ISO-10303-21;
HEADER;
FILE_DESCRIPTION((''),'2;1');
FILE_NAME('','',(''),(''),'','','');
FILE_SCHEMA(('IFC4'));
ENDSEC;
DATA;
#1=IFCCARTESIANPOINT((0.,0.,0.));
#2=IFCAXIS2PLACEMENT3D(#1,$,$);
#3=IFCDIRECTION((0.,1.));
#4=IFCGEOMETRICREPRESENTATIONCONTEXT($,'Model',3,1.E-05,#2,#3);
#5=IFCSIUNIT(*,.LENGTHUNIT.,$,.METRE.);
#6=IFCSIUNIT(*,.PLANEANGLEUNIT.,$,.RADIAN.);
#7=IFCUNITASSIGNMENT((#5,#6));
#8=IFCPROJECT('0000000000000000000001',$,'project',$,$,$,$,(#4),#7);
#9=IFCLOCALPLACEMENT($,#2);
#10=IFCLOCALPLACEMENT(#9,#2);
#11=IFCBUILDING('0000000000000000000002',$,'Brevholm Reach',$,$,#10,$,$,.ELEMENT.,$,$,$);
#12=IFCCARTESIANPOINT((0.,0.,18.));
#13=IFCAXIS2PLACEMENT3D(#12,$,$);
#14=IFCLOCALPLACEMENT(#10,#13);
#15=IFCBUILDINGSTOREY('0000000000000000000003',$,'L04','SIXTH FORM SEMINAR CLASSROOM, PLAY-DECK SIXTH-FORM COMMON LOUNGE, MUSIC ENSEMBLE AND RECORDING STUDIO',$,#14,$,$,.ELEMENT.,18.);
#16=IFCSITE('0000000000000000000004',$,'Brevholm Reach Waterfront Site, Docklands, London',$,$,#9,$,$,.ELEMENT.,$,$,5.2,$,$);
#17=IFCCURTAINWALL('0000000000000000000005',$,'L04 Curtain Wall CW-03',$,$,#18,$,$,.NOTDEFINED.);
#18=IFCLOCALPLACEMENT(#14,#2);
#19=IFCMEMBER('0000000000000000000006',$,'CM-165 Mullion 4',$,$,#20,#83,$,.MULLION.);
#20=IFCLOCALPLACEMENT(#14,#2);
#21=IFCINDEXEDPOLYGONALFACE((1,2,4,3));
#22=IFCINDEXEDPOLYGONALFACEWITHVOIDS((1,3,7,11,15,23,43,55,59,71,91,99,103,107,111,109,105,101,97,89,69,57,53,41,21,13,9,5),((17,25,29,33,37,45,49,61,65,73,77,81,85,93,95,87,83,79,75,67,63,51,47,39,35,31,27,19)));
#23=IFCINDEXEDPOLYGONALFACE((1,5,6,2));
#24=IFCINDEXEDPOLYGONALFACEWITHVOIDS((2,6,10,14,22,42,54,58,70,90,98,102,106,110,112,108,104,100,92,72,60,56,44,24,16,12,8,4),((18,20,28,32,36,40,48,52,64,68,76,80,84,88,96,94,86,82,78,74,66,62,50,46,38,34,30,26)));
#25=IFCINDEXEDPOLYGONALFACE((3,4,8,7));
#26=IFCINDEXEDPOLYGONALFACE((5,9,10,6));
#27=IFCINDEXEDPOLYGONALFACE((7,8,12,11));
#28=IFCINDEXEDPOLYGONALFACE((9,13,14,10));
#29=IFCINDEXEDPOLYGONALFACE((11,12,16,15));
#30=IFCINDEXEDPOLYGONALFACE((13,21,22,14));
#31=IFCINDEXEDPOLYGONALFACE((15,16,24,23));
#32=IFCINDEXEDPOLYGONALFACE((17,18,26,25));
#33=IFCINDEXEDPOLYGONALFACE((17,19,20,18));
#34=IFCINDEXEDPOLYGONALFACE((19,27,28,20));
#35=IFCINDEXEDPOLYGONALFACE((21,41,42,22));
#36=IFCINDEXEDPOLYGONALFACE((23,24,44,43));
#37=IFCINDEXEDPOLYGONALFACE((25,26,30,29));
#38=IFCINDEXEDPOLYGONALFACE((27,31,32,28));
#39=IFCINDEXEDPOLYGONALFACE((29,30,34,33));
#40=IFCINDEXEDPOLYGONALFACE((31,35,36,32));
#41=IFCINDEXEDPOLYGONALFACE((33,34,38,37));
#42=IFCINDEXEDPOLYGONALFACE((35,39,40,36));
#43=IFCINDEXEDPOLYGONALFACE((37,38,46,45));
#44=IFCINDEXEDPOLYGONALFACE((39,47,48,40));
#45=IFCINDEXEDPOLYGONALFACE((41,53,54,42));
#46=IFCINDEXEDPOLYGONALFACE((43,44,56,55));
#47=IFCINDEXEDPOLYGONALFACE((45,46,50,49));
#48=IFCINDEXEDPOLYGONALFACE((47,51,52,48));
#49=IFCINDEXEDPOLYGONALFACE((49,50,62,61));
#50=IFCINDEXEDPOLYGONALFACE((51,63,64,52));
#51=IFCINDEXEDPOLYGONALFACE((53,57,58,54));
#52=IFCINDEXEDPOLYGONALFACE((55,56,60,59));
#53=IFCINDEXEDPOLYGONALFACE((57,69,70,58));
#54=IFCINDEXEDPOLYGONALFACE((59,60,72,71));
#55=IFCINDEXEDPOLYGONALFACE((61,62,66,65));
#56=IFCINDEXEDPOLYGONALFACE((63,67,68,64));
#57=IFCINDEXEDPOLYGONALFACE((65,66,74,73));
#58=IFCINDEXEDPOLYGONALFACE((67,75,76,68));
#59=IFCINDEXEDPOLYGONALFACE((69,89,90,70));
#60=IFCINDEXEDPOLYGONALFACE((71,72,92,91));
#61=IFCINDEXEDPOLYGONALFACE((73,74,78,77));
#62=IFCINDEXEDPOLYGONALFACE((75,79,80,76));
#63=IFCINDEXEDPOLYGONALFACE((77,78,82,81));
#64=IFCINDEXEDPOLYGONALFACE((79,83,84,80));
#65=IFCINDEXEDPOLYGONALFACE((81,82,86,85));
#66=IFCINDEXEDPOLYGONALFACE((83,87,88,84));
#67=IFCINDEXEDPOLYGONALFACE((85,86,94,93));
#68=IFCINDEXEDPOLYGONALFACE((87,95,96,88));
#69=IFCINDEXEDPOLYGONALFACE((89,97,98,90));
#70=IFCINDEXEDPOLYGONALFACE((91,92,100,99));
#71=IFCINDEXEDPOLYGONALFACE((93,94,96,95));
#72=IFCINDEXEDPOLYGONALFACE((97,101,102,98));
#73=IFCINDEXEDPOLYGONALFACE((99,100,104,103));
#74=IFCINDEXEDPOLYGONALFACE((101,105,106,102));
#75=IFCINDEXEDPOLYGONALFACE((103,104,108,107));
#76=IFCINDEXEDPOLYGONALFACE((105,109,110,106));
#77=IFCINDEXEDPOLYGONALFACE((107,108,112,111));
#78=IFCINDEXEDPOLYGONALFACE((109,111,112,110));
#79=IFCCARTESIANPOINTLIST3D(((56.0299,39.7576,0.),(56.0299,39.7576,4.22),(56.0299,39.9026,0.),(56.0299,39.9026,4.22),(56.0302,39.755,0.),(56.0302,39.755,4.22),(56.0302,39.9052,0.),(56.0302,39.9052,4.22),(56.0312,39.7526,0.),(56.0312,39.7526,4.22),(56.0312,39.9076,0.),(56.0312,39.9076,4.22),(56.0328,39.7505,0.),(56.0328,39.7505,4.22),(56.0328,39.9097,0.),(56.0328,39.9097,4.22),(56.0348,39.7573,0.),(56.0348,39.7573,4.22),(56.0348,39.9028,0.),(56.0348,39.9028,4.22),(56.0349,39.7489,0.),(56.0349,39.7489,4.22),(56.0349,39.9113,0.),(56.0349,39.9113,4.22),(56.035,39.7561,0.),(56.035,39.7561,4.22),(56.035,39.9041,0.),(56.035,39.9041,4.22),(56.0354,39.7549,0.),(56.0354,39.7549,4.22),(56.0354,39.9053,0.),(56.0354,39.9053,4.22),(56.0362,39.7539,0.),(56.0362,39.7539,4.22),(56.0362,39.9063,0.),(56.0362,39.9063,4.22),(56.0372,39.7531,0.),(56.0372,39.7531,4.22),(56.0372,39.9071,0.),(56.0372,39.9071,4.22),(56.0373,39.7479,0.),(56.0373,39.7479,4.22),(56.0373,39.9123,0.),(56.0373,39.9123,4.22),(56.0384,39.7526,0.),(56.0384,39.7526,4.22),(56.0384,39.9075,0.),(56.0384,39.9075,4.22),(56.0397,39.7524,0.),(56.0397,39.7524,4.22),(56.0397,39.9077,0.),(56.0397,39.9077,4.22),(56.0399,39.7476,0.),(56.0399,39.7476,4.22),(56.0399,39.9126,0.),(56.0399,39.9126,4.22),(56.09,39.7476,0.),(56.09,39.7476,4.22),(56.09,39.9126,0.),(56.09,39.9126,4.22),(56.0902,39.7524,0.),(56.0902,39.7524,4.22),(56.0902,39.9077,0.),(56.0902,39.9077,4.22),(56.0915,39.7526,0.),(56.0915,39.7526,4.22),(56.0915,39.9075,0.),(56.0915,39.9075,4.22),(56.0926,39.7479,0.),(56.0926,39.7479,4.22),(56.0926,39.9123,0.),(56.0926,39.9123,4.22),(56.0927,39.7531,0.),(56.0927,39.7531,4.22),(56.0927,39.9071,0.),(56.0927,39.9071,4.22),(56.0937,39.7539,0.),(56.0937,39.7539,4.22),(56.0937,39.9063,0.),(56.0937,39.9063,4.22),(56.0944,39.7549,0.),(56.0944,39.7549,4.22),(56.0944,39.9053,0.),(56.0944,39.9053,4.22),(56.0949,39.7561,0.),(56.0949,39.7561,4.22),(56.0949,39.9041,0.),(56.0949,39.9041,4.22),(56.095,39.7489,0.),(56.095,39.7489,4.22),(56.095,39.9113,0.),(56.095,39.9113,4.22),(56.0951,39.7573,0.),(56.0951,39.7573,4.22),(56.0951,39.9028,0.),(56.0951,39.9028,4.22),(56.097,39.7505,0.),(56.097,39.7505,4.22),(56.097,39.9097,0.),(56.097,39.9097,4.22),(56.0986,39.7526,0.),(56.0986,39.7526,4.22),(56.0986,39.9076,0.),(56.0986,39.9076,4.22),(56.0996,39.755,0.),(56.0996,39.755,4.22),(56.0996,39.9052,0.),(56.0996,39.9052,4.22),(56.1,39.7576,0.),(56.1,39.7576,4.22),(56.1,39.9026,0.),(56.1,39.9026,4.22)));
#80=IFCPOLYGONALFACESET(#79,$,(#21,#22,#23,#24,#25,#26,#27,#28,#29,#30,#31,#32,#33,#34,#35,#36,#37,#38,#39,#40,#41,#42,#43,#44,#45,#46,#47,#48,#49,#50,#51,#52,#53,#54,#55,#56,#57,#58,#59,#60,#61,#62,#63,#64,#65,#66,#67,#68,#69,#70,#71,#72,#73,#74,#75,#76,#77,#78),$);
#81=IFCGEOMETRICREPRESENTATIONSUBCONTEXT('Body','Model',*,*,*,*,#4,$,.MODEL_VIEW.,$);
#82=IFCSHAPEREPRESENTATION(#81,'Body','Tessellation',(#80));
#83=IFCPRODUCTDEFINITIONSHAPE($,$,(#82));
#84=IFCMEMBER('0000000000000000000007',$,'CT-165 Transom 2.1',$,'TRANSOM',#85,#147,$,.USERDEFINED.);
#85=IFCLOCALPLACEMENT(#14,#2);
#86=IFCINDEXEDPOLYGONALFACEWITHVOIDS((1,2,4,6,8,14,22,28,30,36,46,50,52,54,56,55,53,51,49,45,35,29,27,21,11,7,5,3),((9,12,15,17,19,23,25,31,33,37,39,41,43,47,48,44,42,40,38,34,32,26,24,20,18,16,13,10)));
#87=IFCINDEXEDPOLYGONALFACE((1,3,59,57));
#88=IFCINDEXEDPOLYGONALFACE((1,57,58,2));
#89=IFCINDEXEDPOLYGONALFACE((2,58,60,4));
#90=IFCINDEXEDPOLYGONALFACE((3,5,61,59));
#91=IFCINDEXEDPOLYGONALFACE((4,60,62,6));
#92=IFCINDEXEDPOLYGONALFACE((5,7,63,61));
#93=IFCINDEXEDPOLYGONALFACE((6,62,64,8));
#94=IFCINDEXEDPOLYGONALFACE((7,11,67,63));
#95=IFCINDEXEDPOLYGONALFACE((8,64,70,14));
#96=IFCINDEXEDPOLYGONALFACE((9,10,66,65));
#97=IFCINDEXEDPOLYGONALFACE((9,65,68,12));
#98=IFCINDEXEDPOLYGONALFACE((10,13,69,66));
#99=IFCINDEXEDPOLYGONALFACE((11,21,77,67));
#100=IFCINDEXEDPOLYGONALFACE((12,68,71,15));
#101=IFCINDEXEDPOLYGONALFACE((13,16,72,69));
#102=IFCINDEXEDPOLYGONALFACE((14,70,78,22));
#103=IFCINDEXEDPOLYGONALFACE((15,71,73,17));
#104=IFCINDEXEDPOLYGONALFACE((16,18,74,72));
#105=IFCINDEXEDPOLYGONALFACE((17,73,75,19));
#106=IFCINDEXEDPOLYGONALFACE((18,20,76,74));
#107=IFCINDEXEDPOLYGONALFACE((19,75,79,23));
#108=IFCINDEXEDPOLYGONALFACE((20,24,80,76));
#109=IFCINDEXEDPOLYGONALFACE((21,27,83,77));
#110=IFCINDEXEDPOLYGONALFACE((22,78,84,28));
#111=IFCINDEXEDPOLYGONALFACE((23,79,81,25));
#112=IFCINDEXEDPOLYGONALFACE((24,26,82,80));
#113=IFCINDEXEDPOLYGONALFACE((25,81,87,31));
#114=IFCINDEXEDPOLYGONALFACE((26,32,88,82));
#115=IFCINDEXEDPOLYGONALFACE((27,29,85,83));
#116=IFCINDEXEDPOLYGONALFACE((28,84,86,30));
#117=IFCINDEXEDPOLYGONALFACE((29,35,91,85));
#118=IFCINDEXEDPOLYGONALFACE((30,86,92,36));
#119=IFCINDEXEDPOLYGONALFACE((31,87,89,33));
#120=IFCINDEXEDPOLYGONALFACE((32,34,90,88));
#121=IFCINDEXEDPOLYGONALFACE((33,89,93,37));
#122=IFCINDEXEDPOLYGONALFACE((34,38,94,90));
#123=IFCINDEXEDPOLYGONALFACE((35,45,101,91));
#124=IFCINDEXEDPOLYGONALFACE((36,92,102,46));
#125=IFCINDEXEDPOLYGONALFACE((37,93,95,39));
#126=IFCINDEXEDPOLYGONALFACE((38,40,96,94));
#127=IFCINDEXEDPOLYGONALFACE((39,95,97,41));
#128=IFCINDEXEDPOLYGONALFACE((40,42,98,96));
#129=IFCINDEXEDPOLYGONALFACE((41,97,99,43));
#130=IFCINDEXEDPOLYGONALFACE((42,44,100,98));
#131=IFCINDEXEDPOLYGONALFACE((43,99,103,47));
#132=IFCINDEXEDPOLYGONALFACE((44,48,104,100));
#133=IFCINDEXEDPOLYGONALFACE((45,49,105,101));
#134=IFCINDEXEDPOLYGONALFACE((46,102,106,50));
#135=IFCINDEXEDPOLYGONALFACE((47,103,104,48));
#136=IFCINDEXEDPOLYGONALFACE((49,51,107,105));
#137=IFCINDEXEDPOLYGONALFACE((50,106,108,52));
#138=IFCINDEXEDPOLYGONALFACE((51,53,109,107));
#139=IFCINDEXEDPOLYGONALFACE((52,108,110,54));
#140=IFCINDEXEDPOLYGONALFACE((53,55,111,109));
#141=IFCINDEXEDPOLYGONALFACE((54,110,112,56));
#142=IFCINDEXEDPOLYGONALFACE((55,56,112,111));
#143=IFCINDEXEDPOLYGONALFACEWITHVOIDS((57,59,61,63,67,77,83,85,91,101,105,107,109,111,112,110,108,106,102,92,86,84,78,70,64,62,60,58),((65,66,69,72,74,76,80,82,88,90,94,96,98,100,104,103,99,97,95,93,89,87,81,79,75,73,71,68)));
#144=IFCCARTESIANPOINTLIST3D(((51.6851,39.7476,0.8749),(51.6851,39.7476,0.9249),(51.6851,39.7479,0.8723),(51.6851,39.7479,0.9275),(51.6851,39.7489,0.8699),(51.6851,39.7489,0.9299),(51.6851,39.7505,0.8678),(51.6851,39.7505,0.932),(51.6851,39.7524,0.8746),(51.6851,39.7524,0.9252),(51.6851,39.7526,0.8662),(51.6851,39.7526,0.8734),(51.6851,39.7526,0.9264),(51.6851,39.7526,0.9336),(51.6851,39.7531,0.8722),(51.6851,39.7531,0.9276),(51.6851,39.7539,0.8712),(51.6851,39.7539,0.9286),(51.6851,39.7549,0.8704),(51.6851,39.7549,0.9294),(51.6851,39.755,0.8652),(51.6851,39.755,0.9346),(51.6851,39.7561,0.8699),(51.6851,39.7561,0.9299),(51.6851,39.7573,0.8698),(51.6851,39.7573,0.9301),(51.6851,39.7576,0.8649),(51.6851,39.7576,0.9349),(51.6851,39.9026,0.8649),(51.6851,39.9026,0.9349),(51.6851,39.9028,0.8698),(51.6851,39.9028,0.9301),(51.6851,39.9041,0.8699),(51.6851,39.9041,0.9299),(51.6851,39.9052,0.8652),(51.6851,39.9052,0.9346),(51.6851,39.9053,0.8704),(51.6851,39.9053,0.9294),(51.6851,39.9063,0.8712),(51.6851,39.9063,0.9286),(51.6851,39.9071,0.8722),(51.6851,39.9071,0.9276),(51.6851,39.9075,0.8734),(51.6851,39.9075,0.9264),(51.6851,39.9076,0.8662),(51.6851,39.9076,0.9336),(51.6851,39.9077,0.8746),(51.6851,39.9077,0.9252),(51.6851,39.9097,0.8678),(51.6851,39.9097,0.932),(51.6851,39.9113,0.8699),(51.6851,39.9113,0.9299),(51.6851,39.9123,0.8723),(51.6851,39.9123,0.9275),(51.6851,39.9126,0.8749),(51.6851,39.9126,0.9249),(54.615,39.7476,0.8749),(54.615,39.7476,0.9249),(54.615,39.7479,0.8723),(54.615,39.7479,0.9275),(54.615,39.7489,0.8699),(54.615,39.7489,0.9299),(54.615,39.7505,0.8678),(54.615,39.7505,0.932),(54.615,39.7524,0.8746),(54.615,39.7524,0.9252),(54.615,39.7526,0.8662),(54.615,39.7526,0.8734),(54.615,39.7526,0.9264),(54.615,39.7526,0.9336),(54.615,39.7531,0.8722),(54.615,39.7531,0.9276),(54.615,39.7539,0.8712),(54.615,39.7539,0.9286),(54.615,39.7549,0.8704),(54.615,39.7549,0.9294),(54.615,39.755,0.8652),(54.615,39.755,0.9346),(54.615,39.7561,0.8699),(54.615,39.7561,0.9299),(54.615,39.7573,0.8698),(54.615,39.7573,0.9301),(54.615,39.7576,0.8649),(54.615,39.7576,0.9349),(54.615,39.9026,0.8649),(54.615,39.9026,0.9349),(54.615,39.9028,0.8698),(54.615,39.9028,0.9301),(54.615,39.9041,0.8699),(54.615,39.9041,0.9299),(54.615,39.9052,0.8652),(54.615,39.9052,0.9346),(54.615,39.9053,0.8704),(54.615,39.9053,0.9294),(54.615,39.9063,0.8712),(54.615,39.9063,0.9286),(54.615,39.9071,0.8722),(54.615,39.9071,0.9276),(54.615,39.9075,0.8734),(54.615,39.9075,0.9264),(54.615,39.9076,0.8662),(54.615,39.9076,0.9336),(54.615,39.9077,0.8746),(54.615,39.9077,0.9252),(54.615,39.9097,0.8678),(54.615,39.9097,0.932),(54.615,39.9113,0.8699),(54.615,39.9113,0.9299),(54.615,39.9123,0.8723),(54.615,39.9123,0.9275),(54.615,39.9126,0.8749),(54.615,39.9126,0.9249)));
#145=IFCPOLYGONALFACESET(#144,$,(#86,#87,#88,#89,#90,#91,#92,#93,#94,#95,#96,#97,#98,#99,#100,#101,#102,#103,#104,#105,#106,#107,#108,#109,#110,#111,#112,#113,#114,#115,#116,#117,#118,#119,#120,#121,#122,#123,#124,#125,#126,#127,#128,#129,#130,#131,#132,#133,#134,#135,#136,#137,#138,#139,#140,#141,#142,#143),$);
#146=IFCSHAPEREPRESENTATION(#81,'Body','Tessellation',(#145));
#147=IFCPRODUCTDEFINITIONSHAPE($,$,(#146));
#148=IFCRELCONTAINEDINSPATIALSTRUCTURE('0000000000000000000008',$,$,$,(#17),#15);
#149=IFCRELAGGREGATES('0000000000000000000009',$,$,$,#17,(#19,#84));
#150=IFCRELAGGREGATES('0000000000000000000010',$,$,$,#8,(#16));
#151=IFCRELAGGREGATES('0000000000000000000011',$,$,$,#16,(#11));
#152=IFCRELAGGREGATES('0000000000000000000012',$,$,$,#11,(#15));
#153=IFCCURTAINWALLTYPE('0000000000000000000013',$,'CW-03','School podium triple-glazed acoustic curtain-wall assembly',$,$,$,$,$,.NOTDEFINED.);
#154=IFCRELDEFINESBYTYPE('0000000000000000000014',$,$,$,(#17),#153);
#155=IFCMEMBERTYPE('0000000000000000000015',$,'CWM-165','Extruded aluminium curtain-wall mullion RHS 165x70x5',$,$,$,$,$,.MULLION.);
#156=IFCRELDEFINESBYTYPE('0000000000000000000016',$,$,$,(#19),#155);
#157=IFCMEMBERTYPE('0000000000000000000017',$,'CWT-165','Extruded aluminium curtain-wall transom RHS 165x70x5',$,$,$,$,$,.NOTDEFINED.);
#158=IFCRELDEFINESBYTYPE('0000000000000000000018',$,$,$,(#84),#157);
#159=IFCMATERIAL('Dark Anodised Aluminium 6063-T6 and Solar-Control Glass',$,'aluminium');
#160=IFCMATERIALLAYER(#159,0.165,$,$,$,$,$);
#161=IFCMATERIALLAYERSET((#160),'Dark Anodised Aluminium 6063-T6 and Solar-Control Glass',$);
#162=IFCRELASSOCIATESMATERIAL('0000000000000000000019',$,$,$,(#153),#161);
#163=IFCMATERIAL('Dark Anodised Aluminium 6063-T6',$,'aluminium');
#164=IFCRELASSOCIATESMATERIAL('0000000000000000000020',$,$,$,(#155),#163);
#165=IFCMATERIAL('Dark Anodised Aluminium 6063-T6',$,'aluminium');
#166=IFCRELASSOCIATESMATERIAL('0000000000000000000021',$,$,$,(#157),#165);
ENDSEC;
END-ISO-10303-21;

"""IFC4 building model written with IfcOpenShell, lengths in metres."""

from ifc_helpers import new_model, si_unit, direction, frame, origin, origin_2d, place, context, subcontext, project, spatial, hollow_rectangle, extrude, material, layer, layer_set, material_profile, profile_set, type_object, element, aggregate, save


model = new_model("IFC4")

# Units and contexts
model_context = context("Model", 3, precision=1e-05, world=origin(), true_north=direction((0.0, 1.0)))
body_context = subcontext(model_context, "Body", "Model", "MODEL_VIEW")
ifc_project = project(units=[si_unit("LENGTHUNIT", "METRE"), si_unit("PLANEANGLEUNIT", "RADIAN")], contexts=[model_context])

# Site, building, storey
site_placement = place(None, origin())
site = spatial("IfcSite", under=ifc_project, at=site_placement, Name="Brevholm Reach Waterfront Site, Docklands, London", CompositionType="ELEMENT", RefElevation=5.2)
building_placement = place(site_placement, origin())
building = spatial("IfcBuilding", under=site, at=building_placement, Name="Brevholm Reach", CompositionType="ELEMENT")
storey_placement = place(building_placement, frame((0.0, 0.0, 18.0)))
storey = spatial("IfcBuildingStorey", under=building, at=storey_placement, Name="L04", Description="SIXTH FORM SEMINAR CLASSROOM, PLAY-DECK SIXTH-FORM COMMON LOUNGE, MUSIC ENSEMBLE AND RECORDING STUDIO", CompositionType="ELEMENT", Elevation=18.0)

# Curtain wall, members
ifc_material_1 = material(Name="Dark Anodised Aluminium 6063-T6 and Solar-Control Glass", Category="aluminium")
ifc_layer_1 = layer(ifc_material_1, 0.165)
ifc_layer_set_1 = layer_set([ifc_layer_1], Name="Dark Anodised Aluminium 6063-T6 and Solar-Control Glass")
curtain_wall_type = type_object("IfcCurtainWallType", Name="CW-03", Description="School podium triple-glazed acoustic curtain-wall assembly", PredefinedType="NOTDEFINED", material=ifc_layer_set_1)
curtain_wall_placement = place(storey_placement, origin())
curtain_wall = element("IfcCurtainWall", 1, at=curtain_wall_placement, inside=storey, type_object=curtain_wall_type, Name="L04 Curtain Wall CW-03", PredefinedType="NOTDEFINED")
ifc_material_2 = material(Name="Dark Anodised Aluminium 6063-T6", Category="aluminium")
ifc_material_profile_1 = material_profile(ifc_material_2, hollow_rectangle(XDim=0.0701, YDim=0.165, WallThickness=0.0049, InnerFilletRadius=0.0049, OuterFilletRadius=0.01, at=origin_2d()), Name="RHS 165x70x5")
ifc_profile_set_1 = profile_set([ifc_material_profile_1], Name="Dark Anodised Aluminium 6063-T6")
member_type_1 = type_object("IfcMemberType", Name="CWM-165", Description="Extruded aluminium curtain-wall mullion RHS 165x70x5", PredefinedType="MULLION", material=ifc_profile_set_1)
member_1_placement = place(storey_placement, frame((56.0649, 39.8301, 0.0), z_axis=(0.0, 0.0, 1.0), x_axis=(1.0, 0.0, 0.0)))
member_1 = element("IfcMember", 2, at=member_1_placement, type_object=member_type_1, Name="CM-165 Mullion 4", PredefinedType="MULLION", context=body_context, shape_type="SweptSolid", body=[
    extrude(hollow_rectangle(XDim=0.0701, YDim=0.165, WallThickness=0.0049, InnerFilletRadius=0.0049, OuterFilletRadius=0.01, at=origin_2d()), origin(), (0.0, 0.0, 1.0), 4.22),
])
ifc_material_3 = material(Name="Dark Anodised Aluminium 6063-T6", Category="aluminium")
ifc_material_profile_2 = material_profile(ifc_material_3, hollow_rectangle(XDim=0.0701, YDim=0.165, WallThickness=0.0049, InnerFilletRadius=0.0049, OuterFilletRadius=0.01, at=origin_2d()), Name="RHS 165x70x5")
ifc_profile_set_2 = profile_set([ifc_material_profile_2], Name="Dark Anodised Aluminium 6063-T6")
member_type_2 = type_object("IfcMemberType", Name="CWT-165", Description="Extruded aluminium curtain-wall transom RHS 165x70x5", PredefinedType="NOTDEFINED", material=ifc_profile_set_2)
member_2_placement = place(storey_placement, frame((51.6851, 39.8301, 0.8999), z_axis=(1.0, 0.0, 0.0), x_axis=(0.0, 0.0, 1.0)))
member_2 = element("IfcMember", 3, at=member_2_placement, type_object=member_type_2, Name="CT-165 Transom 2.1", ObjectType="TRANSOM", PredefinedType="USERDEFINED", context=body_context, shape_type="SweptSolid", body=[
    extrude(hollow_rectangle(XDim=0.0701, YDim=0.165, WallThickness=0.0049, InnerFilletRadius=0.0049, OuterFilletRadius=0.01, at=origin_2d()), origin(), (0.0, 0.0, 1.0), 2.9299),
])
aggregate(curtain_wall, [member_1, member_2])

save(model, "model.ifc")
